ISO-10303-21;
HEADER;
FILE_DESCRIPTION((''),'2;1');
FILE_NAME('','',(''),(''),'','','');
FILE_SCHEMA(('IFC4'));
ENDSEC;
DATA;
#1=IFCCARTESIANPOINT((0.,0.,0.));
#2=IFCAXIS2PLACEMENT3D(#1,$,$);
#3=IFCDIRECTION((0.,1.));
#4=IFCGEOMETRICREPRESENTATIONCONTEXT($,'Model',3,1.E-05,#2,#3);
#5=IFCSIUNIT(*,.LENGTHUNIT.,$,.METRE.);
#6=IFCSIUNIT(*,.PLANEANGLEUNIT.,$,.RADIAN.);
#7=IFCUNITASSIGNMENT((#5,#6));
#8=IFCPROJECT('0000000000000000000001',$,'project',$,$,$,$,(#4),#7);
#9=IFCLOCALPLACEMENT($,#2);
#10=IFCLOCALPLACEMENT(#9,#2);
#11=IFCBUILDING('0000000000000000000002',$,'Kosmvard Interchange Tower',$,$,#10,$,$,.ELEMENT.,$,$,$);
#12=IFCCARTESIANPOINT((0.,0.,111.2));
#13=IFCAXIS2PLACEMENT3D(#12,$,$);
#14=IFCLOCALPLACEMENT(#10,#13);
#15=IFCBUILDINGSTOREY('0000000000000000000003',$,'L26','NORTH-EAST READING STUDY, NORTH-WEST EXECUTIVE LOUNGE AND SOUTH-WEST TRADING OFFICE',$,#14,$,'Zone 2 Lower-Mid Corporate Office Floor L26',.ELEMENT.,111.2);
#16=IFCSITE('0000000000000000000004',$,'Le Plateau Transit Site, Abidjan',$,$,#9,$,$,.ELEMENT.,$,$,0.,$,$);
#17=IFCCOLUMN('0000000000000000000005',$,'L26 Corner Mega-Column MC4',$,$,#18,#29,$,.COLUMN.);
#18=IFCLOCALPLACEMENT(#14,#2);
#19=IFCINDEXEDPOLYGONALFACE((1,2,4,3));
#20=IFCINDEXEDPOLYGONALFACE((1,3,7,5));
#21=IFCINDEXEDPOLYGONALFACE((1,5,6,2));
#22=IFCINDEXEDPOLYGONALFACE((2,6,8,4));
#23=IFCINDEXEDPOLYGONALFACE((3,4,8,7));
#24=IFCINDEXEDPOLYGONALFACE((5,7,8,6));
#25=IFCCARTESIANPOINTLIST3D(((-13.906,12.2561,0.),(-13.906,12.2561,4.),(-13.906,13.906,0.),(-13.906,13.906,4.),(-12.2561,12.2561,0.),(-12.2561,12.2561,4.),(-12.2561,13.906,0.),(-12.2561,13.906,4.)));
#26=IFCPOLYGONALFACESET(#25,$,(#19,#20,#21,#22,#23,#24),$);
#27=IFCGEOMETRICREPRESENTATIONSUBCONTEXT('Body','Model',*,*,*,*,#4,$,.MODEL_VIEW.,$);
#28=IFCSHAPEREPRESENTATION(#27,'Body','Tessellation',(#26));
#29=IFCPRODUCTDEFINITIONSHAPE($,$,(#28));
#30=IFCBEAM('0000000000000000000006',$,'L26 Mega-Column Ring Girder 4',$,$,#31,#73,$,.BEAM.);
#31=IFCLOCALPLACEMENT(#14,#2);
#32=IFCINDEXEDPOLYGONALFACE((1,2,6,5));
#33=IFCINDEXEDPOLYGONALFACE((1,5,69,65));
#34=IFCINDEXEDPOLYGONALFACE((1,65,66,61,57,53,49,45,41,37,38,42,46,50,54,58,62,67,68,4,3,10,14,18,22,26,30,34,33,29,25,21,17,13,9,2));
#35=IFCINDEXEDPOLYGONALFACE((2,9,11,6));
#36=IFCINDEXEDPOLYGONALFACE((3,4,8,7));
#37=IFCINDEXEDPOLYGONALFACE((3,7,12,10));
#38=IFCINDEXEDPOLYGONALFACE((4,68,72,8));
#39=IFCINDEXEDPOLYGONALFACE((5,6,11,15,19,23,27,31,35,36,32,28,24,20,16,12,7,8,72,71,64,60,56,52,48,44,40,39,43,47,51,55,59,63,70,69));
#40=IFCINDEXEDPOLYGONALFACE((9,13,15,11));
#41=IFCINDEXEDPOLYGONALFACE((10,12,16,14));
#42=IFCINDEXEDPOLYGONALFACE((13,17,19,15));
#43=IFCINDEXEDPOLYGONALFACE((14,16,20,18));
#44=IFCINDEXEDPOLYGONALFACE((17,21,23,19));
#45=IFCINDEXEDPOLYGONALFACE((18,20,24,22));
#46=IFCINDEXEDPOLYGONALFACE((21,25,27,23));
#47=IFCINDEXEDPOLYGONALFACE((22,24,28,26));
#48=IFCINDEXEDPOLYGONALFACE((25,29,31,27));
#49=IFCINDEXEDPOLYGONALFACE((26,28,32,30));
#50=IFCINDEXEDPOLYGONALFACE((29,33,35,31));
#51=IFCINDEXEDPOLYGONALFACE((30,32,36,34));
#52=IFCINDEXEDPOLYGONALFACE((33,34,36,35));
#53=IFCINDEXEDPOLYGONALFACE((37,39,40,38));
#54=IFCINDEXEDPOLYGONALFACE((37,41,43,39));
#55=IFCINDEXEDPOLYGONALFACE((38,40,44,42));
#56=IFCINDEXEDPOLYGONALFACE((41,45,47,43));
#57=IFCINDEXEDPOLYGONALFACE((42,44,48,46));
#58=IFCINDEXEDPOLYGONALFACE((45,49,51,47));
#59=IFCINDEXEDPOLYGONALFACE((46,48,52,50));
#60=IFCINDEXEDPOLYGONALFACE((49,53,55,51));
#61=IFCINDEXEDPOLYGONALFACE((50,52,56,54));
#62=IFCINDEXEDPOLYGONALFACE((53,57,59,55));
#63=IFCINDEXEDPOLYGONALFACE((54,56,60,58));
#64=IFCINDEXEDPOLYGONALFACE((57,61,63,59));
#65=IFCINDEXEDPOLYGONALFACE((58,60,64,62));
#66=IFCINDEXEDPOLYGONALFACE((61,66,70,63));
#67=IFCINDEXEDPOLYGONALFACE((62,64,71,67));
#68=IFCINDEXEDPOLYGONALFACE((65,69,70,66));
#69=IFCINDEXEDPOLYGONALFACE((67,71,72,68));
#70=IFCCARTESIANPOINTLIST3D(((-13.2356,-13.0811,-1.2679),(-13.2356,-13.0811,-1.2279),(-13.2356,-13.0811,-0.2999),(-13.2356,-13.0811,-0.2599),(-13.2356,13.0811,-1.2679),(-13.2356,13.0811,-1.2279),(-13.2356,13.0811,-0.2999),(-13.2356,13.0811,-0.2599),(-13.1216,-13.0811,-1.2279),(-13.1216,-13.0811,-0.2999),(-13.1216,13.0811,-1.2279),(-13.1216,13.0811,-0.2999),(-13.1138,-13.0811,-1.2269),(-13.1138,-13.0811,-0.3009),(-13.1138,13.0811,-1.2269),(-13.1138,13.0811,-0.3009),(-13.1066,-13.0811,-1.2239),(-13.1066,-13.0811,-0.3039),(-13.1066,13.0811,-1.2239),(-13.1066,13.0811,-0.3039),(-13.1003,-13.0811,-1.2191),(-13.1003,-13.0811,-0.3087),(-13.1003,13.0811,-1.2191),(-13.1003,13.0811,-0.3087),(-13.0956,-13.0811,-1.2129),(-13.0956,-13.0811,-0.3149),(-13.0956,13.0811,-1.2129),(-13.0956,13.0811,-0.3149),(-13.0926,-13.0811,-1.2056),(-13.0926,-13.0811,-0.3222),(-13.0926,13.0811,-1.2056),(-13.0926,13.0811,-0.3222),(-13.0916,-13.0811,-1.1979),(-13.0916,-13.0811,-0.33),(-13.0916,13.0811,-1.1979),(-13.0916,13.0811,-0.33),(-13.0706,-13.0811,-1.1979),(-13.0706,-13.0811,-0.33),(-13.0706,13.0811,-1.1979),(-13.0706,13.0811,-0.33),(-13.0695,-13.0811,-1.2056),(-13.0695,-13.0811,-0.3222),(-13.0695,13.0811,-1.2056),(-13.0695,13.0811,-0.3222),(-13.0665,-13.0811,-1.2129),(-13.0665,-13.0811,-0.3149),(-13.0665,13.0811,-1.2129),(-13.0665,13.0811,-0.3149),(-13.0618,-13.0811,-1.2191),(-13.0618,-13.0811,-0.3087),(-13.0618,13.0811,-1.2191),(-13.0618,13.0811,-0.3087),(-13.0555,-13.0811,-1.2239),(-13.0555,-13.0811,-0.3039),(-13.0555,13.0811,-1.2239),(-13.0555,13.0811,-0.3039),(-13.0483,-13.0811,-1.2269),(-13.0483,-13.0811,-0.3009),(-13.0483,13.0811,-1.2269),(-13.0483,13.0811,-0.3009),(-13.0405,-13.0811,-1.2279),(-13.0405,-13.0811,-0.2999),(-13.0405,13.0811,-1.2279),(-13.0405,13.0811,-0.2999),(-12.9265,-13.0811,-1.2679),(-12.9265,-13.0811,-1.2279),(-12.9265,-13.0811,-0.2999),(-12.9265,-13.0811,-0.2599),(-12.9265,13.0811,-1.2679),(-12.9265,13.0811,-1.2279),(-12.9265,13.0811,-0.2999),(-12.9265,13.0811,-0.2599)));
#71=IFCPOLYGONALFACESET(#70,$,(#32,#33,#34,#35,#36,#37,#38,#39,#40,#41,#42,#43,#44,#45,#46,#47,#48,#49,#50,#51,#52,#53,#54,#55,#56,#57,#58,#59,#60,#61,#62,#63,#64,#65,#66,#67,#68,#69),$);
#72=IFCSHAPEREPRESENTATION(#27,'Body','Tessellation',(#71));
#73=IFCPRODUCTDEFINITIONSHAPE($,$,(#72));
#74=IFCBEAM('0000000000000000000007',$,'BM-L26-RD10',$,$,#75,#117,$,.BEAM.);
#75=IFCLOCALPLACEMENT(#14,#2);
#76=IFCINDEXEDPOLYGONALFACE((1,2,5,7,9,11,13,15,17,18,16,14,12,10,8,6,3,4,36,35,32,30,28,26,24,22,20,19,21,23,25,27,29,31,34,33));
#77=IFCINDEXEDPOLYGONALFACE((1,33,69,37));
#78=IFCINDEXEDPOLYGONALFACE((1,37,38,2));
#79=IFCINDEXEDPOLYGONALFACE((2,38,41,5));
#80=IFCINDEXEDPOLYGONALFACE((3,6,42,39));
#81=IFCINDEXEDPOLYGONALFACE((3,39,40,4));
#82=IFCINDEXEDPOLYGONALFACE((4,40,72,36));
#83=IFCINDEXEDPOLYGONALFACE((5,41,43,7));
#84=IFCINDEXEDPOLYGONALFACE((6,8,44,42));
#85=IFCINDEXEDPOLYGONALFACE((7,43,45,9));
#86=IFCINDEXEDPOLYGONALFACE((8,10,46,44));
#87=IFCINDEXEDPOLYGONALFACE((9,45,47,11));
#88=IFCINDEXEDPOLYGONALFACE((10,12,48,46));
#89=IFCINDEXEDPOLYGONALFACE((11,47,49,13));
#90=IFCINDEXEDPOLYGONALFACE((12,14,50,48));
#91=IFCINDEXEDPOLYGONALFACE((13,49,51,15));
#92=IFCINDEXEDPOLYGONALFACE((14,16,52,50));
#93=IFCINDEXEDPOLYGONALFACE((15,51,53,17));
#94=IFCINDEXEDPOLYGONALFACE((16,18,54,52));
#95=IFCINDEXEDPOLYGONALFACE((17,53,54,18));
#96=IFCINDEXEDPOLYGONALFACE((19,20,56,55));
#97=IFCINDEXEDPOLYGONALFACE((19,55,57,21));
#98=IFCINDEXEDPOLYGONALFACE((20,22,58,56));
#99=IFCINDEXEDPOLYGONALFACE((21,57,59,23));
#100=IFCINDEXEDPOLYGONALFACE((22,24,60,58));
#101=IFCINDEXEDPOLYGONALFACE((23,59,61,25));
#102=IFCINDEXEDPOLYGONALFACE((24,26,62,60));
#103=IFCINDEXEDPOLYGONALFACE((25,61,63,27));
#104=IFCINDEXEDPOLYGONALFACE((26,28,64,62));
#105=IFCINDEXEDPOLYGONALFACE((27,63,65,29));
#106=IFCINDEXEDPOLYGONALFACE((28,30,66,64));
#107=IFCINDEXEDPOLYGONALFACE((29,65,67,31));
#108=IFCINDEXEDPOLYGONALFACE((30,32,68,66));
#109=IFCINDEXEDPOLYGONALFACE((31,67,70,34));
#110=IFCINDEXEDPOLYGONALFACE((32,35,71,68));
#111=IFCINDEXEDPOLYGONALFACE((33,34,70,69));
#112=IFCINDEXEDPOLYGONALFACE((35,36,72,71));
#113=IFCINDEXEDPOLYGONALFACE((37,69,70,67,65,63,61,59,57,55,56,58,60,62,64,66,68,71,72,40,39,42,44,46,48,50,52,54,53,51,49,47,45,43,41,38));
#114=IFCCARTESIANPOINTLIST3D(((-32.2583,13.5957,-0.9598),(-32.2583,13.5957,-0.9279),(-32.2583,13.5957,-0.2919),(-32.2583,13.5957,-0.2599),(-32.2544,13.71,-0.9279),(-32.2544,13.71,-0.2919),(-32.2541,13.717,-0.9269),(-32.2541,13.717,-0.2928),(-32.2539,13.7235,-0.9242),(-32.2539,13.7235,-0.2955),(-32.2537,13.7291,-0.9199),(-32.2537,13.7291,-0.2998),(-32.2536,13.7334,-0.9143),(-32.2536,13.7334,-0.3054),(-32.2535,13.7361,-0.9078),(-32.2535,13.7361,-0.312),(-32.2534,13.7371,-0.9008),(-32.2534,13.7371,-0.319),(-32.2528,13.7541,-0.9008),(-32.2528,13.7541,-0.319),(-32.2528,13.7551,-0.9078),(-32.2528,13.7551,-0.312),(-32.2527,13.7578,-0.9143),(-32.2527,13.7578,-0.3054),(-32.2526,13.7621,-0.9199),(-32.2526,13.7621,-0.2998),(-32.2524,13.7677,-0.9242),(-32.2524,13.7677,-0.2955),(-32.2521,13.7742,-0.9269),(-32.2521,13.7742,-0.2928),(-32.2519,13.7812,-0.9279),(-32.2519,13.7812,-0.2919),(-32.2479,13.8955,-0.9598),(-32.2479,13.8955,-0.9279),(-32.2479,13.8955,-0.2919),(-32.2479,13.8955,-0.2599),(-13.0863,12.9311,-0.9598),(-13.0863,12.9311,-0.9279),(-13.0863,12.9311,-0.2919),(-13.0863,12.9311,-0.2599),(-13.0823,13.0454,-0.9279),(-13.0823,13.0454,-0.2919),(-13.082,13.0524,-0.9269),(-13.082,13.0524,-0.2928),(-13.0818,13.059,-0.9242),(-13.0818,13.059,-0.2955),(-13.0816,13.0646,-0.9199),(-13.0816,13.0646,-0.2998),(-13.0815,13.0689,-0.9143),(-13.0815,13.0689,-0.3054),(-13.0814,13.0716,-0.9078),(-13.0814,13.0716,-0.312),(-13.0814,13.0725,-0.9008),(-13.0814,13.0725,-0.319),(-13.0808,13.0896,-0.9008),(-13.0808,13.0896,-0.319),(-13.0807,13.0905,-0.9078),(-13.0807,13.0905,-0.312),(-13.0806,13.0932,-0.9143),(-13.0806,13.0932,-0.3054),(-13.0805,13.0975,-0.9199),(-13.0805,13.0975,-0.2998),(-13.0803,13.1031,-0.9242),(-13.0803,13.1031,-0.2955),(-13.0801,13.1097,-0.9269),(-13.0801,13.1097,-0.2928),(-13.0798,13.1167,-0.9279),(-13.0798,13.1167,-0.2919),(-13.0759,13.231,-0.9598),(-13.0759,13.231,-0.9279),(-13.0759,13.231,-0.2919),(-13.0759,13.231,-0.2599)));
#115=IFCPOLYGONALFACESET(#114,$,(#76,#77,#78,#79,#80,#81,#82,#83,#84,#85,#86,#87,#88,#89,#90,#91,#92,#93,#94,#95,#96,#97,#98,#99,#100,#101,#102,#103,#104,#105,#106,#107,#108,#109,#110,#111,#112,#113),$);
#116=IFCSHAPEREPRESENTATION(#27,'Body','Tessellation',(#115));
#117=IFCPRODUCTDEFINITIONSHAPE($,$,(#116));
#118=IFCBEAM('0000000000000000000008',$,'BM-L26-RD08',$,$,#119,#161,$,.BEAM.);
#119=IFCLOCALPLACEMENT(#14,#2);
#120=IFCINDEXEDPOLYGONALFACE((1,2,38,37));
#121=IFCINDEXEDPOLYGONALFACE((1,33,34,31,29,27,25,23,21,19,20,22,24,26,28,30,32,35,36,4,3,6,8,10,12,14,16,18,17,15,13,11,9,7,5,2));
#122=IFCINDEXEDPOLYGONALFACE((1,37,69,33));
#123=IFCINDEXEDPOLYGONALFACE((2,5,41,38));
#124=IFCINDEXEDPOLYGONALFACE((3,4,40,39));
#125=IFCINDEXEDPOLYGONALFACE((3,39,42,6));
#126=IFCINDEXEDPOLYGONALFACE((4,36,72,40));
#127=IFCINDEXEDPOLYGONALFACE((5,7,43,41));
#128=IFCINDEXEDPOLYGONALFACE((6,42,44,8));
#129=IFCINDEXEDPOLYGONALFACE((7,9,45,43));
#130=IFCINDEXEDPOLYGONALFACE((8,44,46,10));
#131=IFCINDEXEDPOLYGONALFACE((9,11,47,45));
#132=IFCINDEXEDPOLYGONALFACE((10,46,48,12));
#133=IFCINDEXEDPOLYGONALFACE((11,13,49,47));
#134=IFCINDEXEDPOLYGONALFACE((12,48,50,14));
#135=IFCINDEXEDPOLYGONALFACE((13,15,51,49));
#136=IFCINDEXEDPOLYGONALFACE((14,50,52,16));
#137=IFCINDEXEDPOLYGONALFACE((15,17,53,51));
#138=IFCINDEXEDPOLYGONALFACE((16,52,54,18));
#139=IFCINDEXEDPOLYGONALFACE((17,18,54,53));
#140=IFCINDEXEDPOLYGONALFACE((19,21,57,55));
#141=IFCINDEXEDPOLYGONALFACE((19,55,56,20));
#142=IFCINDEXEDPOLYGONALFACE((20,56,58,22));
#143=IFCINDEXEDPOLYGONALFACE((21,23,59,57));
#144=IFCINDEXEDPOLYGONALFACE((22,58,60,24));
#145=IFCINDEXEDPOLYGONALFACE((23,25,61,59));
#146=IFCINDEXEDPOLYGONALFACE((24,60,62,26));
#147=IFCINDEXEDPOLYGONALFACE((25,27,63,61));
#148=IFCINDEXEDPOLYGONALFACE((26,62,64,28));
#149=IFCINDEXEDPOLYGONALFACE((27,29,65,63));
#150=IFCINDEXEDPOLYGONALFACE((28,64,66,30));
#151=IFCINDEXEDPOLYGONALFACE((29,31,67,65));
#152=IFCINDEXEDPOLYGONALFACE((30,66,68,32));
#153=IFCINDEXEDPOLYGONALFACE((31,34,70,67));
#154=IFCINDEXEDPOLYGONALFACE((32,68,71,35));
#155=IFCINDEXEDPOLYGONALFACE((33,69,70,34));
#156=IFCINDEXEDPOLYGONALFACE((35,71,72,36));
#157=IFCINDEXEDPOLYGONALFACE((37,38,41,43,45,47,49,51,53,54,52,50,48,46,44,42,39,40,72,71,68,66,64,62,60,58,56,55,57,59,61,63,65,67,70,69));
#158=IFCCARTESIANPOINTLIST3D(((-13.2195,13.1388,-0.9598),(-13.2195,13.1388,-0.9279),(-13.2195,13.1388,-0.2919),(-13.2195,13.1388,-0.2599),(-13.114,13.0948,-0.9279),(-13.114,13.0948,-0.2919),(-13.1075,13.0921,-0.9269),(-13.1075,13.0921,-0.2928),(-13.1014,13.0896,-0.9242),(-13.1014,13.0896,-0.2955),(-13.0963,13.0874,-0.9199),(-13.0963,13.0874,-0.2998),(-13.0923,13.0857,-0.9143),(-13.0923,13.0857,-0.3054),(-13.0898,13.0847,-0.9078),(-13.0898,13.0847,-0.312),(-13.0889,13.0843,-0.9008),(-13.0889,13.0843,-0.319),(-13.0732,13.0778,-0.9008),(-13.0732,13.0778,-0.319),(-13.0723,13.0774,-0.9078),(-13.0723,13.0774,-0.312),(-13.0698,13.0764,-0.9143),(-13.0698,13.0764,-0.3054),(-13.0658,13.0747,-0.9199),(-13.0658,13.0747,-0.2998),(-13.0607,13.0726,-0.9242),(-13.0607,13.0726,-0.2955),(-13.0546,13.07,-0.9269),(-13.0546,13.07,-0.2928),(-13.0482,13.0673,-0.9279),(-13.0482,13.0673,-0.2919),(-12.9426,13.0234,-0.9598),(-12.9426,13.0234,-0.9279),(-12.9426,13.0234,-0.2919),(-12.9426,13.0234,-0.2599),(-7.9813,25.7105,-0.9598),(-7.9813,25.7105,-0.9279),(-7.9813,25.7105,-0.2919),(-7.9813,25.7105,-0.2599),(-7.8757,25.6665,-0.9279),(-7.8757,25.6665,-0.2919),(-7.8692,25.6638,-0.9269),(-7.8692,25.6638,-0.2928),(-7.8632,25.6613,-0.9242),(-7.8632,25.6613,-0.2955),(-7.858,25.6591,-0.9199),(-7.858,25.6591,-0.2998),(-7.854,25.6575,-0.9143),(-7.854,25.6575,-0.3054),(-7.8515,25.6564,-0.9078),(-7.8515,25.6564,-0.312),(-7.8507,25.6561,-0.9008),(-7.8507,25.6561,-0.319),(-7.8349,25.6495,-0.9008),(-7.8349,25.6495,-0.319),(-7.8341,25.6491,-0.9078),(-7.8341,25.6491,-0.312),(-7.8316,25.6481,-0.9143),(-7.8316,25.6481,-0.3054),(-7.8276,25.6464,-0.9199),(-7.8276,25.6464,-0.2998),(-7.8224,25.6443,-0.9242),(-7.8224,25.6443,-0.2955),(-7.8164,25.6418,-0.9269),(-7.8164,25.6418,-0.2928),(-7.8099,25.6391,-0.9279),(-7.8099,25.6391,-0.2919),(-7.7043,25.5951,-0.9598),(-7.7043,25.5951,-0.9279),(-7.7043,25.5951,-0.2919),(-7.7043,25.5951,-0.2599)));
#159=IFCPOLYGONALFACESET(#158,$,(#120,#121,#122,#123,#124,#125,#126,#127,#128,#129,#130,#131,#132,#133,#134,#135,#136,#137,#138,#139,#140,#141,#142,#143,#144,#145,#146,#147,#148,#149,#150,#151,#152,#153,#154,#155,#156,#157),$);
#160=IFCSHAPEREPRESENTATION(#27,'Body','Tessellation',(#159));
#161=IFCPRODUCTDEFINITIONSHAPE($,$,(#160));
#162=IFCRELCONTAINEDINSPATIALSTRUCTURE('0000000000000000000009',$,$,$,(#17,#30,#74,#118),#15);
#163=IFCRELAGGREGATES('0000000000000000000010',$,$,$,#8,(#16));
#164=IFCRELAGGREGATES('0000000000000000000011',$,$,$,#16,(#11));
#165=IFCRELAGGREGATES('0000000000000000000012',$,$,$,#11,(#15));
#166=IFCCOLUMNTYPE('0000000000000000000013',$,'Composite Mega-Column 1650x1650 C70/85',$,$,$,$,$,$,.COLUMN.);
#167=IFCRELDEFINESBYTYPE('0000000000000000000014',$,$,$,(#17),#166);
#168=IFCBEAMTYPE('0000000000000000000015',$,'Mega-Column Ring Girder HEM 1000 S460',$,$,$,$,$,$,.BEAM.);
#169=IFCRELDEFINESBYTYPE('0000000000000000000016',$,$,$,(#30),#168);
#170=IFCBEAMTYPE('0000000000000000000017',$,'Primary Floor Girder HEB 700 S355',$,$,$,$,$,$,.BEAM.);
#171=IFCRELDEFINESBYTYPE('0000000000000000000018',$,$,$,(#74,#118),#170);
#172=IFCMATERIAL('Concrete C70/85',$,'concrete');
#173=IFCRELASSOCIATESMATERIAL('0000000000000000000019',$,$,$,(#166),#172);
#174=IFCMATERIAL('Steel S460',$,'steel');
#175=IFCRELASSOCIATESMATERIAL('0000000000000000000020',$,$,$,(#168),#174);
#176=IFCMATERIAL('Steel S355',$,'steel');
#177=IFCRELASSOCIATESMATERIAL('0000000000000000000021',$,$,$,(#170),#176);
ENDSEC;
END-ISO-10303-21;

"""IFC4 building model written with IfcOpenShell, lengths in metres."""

from ifc_helpers import new_model, si_unit, direction, frame, origin, origin_2d, place, context, subcontext, project, spatial, rectangle, i_section, extrude, source, transform, mapped, material, material_profile, profile_set, type_object, element, save


model = new_model("IFC4")

# Units and contexts
model_context = context("Model", 3, precision=1e-05, world=origin(), true_north=direction((0.0, 1.0)))
body_context = subcontext(model_context, "Body", "Model", "MODEL_VIEW")
ifc_project = project(units=[si_unit("LENGTHUNIT", "METRE"), si_unit("PLANEANGLEUNIT", "RADIAN")], contexts=[model_context])

# Site, building, storey
site_placement = place(None, origin())
site = spatial("IfcSite", under=ifc_project, at=site_placement, Name="Le Plateau Transit Site, Abidjan", CompositionType="ELEMENT", RefElevation=0.0)
building_placement = place(site_placement, origin())
building = spatial("IfcBuilding", under=site, at=building_placement, Name="Kosmvard Interchange Tower", CompositionType="ELEMENT")
storey_placement = place(building_placement, frame((0.0, 0.0, 111.2)))
storey = spatial("IfcBuildingStorey", under=building, at=storey_placement, Name="L26", Description="NORTH-EAST READING STUDY, NORTH-WEST EXECUTIVE LOUNGE AND SOUTH-WEST TRADING OFFICE", LongName="Zone 2 Lower-Mid Corporate Office Floor L26", CompositionType="ELEMENT", Elevation=111.2)

# Column
ifc_material_1 = material(Name="Concrete C70/85", Category="concrete")
ifc_material_profile_1 = material_profile(ifc_material_1, rectangle(XDim=1.6499, YDim=1.6499, at=origin_2d()), Name="MC 1650x1650")
ifc_profile_set_1 = profile_set([ifc_material_profile_1], Name="Concrete C70/85")
column_type = type_object("IfcColumnType", Name="Composite Mega-Column 1650x1650 C70/85", PredefinedType="COLUMN", material=ifc_profile_set_1)
shared_shape_1 = source(origin(), body_context, "Body", "SweptSolid", [
    extrude(rectangle(XDim=1.6499, YDim=1.6499, at=origin_2d()), origin(), (0.0, 0.0, 1.0), 4.0),
])
column_placement = place(storey_placement, frame((-13.0811, 13.0811, 0.0), z_axis=(0.0, 0.0, 1.0), x_axis=(1.0, 0.0, 0.0)))
element("IfcColumn", 1, at=column_placement, inside=storey, type_object=column_type, Name="L26 Corner Mega-Column MC4", PredefinedType="COLUMN", context=body_context, shape_type="MappedRepresentation", body=[
    mapped(shared_shape_1, transform((0.0, 0.0, 0.0), scale=1.0)),
])

# Beams
ifc_material_2 = material(Name="Steel S460", Category="steel")
ifc_material_profile_2 = material_profile(ifc_material_2, i_section(OverallWidth=0.3091, OverallDepth=1.0081, WebThickness=0.021, FlangeThickness=0.04, FilletRadius=0.03, at=origin_2d()), Name="HEM 1000")
ifc_profile_set_2 = profile_set([ifc_material_profile_2], Name="Steel S460")
beam_type_1 = type_object("IfcBeamType", Name="Mega-Column Ring Girder HEM 1000 S460", PredefinedType="BEAM", material=ifc_profile_set_2)
shared_shape_2 = source(origin(), body_context, "Body", "SweptSolid", [
    extrude(i_section(OverallWidth=0.3091, OverallDepth=1.0081, WebThickness=0.021, FlangeThickness=0.04, FilletRadius=0.03, at=origin_2d()), origin(), (0.0, 0.0, 1.0), 26.1621),
])
beam_1_placement = place(storey_placement, frame((-13.0811, 13.0811, -0.7639), z_axis=(0.0, -1.0, 0.0), x_axis=(1.0, 0.0, 0.0)))
element("IfcBeam", 2, at=beam_1_placement, inside=storey, type_object=beam_type_1, Name="L26 Mega-Column Ring Girder 4", PredefinedType="BEAM", context=body_context, shape_type="MappedRepresentation", body=[
    mapped(shared_shape_2, transform((0.0, 0.0, 0.0), scale=1.0)),
])
ifc_material_3 = material(Name="Steel S355", Category="steel")
ifc_material_profile_3 = material_profile(ifc_material_3, i_section(OverallWidth=0.3, OverallDepth=0.7, WebThickness=0.0171, FlangeThickness=0.032, FilletRadius=0.0271, at=origin_2d()), Name="HEB 700")
ifc_profile_set_3 = profile_set([ifc_material_profile_3], Name="Steel S355")
beam_type_2 = type_object("IfcBeamType", Name="Primary Floor Girder HEB 700 S355", PredefinedType="BEAM", material=ifc_profile_set_3)
shared_shape_3 = source(origin(), body_context, "Body", "SweptSolid", [
    extrude(i_section(OverallWidth=0.3, OverallDepth=0.7, WebThickness=0.0171, FlangeThickness=0.032, FilletRadius=0.0271, at=origin_2d()), origin(), (0.0, 0.0, 1.0), 19.1836),
])
beam_2_placement = place(storey_placement, frame((-13.0811, 13.0811, -0.6099), z_axis=(-0.9994, 0.034642, 0.0), x_axis=(-0.034642, -0.9994, 0.0)))
element("IfcBeam", 3, at=beam_2_placement, inside=storey, type_object=beam_type_2, Name="BM-L26-RD10", PredefinedType="BEAM", context=body_context, shape_type="MappedRepresentation", body=[
    mapped(shared_shape_3, transform((0.0, 0.0, 0.0), scale=1.0)),
])
shared_shape_4 = source(origin(), body_context, "Body", "SweptSolid", [
    extrude(i_section(OverallWidth=0.3, OverallDepth=0.7, WebThickness=0.0171, FlangeThickness=0.032, FilletRadius=0.0271, at=origin_2d()), origin(), (0.0, 0.0, 1.0), 13.6194),
])
beam_3_placement = place(storey_placement, frame((-13.0811, 13.0811, -0.6099), z_axis=(0.384618, 0.923076, 0.0), x_axis=(-0.923076, 0.384618, 0.0)))
element("IfcBeam", 4, at=beam_3_placement, inside=storey, type_object=beam_type_2, Name="BM-L26-RD08", PredefinedType="BEAM", context=body_context, shape_type="MappedRepresentation", body=[
    mapped(shared_shape_4, transform((0.0, 0.0, 0.0), scale=1.0)),
])

save(model, "model.ifc")
